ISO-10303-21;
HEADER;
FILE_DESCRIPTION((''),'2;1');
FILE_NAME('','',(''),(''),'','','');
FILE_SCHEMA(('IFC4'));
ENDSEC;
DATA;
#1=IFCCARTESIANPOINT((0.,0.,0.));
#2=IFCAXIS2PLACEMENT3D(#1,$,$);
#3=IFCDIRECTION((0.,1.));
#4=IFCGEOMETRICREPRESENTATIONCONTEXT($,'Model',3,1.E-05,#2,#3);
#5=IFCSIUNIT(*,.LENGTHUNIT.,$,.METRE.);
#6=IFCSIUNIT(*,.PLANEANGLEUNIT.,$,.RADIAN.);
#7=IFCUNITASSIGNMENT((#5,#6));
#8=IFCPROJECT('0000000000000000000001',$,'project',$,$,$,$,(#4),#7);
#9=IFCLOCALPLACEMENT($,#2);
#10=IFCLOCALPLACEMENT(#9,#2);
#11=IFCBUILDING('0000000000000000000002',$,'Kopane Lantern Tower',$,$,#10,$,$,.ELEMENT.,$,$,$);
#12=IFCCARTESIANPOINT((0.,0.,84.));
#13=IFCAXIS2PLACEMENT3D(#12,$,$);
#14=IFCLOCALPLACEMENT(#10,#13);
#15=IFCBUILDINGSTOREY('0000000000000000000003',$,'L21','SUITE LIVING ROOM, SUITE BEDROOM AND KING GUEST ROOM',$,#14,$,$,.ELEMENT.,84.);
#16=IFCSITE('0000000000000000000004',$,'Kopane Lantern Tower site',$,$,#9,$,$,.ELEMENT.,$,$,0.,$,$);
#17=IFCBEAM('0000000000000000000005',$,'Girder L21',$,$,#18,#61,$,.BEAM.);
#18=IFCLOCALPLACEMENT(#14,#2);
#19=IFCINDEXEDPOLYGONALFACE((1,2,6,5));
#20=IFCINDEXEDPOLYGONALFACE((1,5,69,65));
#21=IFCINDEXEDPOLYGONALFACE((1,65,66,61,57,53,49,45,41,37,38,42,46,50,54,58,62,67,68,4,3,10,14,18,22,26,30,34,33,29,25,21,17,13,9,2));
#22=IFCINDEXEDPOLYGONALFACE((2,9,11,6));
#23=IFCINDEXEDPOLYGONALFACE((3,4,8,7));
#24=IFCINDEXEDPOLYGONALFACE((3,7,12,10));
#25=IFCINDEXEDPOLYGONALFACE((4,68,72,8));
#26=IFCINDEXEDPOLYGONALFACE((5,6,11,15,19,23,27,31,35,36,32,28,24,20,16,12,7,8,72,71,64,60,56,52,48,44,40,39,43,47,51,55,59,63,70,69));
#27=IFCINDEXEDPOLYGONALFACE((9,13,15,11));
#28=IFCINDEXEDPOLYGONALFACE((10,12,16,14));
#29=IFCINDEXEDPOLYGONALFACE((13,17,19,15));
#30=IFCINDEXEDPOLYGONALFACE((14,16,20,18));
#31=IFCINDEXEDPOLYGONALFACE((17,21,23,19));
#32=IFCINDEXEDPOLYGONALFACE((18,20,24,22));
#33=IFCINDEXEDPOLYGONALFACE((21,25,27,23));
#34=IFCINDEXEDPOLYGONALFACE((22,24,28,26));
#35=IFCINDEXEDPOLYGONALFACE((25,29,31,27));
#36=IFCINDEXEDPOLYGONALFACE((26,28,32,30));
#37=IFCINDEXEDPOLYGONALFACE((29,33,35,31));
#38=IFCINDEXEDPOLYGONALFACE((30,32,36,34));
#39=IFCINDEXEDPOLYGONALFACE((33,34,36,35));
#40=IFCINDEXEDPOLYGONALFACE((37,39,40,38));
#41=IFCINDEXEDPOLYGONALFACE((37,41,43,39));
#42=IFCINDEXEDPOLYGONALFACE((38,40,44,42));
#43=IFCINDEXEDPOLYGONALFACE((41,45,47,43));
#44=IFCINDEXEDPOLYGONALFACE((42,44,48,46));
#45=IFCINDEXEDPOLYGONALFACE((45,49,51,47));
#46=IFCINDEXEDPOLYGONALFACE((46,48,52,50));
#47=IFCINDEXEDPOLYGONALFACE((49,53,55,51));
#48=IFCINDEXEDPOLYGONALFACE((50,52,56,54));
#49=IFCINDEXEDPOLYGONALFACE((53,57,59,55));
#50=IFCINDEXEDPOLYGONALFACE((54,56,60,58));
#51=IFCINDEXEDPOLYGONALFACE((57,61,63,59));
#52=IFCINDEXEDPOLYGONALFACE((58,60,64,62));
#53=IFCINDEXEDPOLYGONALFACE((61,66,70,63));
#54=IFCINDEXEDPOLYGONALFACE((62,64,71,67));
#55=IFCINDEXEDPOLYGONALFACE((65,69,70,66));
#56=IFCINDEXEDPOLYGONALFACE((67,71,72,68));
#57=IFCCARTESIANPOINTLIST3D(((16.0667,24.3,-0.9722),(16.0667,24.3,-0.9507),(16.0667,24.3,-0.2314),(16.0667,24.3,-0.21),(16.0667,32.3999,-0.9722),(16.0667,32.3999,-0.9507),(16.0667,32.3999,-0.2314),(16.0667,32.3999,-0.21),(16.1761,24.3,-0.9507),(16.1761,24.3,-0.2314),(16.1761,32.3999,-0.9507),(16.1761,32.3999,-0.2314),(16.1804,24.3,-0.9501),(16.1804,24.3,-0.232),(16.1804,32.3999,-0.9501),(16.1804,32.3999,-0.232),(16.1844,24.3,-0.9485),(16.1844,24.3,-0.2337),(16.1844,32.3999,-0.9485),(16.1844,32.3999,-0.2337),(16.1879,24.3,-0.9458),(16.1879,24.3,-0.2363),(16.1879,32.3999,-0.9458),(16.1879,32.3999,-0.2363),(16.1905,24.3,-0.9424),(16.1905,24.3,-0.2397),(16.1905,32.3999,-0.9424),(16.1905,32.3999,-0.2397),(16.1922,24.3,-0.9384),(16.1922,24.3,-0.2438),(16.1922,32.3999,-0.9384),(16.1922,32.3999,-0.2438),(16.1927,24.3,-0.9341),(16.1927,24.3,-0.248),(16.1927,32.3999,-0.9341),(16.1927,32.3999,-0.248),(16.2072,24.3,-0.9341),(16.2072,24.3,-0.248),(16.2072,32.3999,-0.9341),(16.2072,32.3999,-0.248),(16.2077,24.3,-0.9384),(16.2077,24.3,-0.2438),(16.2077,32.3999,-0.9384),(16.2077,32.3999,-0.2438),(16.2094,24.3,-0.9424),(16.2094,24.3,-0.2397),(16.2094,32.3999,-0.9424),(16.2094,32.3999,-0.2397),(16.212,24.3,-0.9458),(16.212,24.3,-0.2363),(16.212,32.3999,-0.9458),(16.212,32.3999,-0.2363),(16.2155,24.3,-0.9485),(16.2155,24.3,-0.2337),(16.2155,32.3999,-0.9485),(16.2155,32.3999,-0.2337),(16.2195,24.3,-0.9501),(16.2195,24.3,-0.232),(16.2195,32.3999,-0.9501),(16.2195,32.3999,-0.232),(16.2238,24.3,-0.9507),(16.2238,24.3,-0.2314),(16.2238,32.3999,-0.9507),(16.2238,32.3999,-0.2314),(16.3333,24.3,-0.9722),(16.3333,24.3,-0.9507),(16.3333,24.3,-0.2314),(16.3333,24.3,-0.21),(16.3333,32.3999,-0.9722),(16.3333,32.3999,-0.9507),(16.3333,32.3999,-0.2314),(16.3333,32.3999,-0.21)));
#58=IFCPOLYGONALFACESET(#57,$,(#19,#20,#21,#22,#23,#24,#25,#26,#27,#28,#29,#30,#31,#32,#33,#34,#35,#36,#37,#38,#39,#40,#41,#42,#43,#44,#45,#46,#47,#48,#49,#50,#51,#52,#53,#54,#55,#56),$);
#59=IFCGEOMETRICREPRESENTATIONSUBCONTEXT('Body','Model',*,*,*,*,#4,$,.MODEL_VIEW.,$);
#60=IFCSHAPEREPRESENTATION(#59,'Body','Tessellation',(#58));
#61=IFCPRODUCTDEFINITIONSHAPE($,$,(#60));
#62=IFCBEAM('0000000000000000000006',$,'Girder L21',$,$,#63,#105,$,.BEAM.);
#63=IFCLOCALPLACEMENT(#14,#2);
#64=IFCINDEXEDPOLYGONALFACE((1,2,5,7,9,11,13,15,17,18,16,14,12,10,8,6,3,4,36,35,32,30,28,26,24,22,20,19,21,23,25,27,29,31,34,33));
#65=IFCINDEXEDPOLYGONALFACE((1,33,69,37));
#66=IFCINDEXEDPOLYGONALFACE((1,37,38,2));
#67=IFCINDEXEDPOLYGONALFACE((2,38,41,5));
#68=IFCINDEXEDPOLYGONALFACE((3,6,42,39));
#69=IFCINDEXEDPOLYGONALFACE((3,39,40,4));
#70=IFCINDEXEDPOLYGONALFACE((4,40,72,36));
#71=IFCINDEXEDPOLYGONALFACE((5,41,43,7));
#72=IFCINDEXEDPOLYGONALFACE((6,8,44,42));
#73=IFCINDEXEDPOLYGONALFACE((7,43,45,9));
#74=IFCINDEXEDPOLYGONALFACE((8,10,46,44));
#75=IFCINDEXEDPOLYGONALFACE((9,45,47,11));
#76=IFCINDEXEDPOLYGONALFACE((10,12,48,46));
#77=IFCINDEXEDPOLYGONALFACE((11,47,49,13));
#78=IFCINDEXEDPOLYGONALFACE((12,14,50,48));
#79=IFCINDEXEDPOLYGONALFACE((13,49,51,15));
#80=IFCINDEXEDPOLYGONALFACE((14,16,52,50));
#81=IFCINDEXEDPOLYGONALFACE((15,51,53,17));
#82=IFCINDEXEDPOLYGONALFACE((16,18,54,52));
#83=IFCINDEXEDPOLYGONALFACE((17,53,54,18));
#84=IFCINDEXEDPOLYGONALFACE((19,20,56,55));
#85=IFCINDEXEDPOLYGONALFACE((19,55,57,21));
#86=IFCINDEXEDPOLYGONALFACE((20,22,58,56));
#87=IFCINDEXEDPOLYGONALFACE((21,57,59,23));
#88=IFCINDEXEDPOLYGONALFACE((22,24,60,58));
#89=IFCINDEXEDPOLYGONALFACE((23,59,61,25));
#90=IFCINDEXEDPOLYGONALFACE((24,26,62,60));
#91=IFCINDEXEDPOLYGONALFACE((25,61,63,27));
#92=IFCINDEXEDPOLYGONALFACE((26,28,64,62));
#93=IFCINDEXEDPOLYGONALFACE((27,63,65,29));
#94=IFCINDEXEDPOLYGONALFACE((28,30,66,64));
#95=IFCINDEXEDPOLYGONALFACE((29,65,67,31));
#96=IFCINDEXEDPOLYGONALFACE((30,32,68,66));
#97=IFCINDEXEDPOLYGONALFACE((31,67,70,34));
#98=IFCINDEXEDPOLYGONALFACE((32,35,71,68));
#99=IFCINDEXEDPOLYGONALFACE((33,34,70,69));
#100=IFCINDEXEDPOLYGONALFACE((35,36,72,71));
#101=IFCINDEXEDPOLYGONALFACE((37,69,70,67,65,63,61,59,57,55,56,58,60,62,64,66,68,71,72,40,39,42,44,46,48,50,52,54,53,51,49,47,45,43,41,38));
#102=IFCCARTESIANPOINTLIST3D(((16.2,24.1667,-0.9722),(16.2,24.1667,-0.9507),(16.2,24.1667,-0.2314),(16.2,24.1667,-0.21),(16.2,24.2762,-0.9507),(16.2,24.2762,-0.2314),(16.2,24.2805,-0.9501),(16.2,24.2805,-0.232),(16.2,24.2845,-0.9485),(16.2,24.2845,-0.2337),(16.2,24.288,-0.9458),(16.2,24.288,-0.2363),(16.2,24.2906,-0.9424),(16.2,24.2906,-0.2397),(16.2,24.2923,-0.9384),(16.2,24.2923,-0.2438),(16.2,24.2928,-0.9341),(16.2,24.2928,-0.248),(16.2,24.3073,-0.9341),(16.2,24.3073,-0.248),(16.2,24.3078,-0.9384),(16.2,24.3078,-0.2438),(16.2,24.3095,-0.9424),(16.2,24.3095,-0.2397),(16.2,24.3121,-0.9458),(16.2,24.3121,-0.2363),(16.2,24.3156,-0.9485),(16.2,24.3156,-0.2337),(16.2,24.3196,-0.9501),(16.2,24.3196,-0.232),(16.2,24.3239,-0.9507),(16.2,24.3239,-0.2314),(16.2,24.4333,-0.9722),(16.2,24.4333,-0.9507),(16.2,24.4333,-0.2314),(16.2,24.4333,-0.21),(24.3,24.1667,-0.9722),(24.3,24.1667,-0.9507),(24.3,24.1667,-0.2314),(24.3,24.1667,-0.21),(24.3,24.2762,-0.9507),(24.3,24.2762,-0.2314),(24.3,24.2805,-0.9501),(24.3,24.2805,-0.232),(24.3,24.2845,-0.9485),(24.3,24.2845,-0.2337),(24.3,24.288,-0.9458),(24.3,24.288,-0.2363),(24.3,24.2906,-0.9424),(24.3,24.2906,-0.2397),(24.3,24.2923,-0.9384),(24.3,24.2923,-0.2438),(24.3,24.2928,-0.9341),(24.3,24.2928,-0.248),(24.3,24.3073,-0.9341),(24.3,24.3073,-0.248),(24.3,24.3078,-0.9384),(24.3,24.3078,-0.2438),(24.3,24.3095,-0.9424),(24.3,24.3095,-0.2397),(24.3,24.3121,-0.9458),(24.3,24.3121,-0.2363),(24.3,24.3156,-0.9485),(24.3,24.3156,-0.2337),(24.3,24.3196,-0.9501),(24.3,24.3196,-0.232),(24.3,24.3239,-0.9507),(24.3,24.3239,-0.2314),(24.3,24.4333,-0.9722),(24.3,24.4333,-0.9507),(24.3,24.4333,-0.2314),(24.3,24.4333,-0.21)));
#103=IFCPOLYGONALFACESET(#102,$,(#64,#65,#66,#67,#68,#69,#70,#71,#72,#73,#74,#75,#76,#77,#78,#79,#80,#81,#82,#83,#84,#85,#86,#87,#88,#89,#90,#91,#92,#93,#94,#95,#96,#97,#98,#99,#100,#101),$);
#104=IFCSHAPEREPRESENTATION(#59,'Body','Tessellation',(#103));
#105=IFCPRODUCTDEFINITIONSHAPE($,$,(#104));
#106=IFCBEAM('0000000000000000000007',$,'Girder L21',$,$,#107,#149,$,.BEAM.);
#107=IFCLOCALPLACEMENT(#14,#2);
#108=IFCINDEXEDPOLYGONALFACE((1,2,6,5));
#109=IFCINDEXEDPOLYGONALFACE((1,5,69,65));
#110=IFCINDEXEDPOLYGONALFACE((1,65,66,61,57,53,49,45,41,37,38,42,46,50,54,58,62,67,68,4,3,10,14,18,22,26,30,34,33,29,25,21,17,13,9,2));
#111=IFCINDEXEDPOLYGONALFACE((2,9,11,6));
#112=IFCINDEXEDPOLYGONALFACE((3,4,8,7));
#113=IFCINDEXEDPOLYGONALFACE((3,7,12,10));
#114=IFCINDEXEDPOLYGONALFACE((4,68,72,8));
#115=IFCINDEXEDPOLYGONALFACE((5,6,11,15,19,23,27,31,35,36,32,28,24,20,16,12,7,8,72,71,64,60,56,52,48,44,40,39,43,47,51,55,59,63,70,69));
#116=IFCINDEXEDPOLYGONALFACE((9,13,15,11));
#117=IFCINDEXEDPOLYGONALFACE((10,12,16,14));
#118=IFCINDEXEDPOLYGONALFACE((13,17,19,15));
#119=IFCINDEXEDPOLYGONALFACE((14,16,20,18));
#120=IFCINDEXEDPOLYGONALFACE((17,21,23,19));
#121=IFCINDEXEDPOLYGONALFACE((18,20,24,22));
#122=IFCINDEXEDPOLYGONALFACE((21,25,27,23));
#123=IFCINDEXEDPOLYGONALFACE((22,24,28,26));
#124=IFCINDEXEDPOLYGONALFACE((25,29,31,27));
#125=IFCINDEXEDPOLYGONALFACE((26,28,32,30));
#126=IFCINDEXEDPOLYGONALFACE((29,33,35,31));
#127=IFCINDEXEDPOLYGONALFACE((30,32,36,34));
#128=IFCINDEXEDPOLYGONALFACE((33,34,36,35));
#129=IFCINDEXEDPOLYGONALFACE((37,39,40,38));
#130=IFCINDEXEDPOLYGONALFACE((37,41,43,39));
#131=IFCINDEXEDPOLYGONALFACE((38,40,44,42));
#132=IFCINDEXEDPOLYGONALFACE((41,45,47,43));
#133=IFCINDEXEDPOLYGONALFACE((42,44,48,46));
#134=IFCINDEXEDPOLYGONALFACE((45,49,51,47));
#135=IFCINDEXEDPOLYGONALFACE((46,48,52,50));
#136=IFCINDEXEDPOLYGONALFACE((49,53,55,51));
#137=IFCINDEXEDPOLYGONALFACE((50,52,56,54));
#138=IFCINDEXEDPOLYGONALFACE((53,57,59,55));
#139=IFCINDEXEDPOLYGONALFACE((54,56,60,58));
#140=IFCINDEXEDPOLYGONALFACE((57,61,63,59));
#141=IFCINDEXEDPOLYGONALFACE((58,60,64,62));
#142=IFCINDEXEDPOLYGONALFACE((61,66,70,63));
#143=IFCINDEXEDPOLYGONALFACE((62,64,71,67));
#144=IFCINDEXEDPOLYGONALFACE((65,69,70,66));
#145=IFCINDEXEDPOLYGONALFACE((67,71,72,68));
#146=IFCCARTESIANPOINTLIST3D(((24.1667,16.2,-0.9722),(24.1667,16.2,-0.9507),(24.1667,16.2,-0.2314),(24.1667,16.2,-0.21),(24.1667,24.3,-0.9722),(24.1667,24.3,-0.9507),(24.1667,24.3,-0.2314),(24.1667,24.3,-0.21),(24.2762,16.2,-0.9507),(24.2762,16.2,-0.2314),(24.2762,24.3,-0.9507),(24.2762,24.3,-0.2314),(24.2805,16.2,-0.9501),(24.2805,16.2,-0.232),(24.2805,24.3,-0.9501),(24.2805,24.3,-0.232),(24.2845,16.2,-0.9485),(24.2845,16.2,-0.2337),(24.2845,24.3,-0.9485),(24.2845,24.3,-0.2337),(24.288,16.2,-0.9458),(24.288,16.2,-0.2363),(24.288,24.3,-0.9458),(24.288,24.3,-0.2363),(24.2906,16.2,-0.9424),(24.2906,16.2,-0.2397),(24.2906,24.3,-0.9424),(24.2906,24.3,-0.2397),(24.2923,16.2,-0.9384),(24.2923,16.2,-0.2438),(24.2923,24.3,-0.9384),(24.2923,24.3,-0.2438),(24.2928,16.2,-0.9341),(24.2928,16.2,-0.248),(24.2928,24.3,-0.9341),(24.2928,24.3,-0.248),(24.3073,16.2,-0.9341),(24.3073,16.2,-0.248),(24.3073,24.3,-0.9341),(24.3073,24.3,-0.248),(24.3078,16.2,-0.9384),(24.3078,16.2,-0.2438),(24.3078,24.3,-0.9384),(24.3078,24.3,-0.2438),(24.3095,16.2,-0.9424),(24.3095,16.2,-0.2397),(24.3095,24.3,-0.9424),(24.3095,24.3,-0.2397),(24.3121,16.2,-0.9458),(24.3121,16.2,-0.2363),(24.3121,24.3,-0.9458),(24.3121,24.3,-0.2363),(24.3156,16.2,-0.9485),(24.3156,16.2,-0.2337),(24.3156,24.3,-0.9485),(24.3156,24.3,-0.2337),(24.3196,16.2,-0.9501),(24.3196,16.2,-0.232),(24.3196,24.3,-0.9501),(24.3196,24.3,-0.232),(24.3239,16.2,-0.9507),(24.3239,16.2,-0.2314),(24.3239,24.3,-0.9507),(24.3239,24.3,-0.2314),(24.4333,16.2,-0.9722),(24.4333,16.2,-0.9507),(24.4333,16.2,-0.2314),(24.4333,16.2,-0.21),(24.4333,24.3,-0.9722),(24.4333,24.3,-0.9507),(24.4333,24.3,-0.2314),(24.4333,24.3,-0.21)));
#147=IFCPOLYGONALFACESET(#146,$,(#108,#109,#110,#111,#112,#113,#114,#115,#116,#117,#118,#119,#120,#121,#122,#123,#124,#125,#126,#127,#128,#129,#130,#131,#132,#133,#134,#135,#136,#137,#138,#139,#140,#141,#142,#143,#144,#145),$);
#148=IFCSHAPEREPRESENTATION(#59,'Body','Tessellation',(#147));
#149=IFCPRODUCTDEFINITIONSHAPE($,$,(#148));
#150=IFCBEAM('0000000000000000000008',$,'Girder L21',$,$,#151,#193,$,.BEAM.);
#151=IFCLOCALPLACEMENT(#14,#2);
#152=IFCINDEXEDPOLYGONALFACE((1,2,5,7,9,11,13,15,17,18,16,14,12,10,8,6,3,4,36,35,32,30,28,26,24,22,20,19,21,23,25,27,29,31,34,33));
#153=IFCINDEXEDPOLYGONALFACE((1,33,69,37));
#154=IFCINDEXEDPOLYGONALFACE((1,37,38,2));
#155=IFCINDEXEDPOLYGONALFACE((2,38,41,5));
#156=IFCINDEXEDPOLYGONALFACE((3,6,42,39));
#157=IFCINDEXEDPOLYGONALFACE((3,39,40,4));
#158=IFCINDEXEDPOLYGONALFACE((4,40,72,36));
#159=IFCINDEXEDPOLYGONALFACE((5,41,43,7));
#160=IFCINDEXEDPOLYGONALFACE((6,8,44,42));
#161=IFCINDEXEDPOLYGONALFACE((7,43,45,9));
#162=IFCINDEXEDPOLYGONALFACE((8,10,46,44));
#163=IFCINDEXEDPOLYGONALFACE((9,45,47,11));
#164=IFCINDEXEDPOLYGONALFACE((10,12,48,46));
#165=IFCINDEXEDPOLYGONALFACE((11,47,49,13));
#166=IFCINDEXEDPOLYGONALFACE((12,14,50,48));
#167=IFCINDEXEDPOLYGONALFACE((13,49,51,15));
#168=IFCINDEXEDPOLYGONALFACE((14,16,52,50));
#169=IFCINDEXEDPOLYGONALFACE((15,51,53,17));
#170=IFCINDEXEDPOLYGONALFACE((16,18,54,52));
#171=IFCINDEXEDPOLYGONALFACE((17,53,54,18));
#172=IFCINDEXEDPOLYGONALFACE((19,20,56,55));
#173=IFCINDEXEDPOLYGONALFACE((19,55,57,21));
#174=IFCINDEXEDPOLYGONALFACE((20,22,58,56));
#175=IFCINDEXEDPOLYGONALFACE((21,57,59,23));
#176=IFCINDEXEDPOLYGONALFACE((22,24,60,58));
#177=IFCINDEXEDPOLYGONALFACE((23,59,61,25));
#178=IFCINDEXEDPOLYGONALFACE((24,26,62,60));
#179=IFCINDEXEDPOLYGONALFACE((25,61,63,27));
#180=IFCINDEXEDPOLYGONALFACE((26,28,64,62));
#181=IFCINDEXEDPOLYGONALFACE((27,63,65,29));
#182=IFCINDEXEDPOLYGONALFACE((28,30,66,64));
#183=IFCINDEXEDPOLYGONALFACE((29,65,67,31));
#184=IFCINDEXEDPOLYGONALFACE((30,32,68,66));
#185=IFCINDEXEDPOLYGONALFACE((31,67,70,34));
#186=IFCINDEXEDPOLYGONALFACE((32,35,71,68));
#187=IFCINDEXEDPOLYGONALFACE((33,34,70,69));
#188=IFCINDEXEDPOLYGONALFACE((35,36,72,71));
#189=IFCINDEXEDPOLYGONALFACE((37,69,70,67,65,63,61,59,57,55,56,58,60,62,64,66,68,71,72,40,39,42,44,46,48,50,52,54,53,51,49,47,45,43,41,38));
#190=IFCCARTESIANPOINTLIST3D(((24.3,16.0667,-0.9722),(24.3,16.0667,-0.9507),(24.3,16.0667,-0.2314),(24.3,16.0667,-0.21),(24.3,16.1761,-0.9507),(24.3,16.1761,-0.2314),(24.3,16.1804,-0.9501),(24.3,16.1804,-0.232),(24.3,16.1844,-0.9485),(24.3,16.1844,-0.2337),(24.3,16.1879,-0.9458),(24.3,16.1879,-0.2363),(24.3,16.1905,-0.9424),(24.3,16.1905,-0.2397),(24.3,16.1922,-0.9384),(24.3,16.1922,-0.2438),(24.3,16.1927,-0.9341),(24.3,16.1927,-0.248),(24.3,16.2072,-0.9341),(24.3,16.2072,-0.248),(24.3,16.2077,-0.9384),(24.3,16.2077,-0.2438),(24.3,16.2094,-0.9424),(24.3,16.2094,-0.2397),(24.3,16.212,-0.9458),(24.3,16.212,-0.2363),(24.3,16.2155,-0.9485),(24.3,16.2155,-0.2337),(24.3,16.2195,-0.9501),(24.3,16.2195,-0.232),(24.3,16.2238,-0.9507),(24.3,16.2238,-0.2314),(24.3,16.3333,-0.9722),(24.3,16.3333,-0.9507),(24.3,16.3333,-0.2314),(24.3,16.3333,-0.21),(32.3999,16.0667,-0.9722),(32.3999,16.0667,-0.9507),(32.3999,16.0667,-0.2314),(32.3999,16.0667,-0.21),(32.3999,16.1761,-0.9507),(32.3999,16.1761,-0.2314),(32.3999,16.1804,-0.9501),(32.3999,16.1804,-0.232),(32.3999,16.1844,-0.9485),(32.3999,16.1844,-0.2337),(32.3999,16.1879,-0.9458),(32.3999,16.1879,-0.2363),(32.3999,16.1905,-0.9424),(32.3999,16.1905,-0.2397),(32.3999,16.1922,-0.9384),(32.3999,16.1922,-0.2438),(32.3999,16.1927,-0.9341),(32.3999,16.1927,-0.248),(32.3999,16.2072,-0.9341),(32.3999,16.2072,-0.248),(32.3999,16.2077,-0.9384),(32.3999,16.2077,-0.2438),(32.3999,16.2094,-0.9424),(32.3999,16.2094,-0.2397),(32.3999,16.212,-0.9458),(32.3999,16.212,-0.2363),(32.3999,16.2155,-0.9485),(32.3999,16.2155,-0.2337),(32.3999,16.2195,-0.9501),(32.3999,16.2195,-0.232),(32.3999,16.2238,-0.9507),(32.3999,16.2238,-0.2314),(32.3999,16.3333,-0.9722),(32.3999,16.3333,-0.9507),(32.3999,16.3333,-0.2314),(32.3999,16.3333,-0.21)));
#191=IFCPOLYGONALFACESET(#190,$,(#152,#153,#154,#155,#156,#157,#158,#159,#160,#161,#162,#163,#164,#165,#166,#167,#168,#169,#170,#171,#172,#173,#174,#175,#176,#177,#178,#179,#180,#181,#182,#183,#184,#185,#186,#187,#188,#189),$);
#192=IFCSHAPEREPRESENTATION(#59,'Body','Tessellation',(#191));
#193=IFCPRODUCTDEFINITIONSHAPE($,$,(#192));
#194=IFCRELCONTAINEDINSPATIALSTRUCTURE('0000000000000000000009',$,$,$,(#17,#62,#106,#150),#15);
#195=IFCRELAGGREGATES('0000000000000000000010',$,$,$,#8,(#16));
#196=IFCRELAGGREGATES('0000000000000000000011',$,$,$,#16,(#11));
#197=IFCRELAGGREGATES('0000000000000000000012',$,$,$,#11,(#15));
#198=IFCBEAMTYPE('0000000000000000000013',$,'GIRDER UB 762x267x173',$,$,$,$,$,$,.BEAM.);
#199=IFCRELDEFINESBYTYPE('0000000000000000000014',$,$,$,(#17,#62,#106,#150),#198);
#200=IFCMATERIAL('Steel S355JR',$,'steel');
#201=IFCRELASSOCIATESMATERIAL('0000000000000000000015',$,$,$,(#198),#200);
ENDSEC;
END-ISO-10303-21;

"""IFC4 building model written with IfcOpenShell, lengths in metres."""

from ifc_helpers import new_model, si_unit, direction, frame, origin, origin_2d, place, context, subcontext, project, spatial, i_section, extrude, material, material_profile, profile_set, type_object, element, save


model = new_model("IFC4")

# Units and contexts
model_context = context("Model", 3, precision=1e-05, world=origin(), true_north=direction((0.0, 1.0)))
body_context = subcontext(model_context, "Body", "Model", "MODEL_VIEW")
ifc_project = project(units=[si_unit("LENGTHUNIT", "METRE"), si_unit("PLANEANGLEUNIT", "RADIAN")], contexts=[model_context])

# Site, building, storey
site_placement = place(None, origin())
site = spatial("IfcSite", under=ifc_project, at=site_placement, Name="Kopane Lantern Tower site", CompositionType="ELEMENT", RefElevation=0.0)
building_placement = place(site_placement, origin())
building = spatial("IfcBuilding", under=site, at=building_placement, Name="Kopane Lantern Tower", CompositionType="ELEMENT")
storey_placement = place(building_placement, frame((0.0, 0.0, 84.0)))
storey = spatial("IfcBuildingStorey", under=building, at=storey_placement, Name="L21", Description="SUITE LIVING ROOM, SUITE BEDROOM AND KING GUEST ROOM", CompositionType="ELEMENT", Elevation=84.0)

# Beams
ifc_material_1 = material(Name="Steel S355JR", Category="steel")
ifc_material_profile_1 = material_profile(ifc_material_1, i_section(OverallWidth=0.2666, OverallDepth=0.7622, WebThickness=0.0144, FlangeThickness=0.0215, FilletRadius=0.0166, at=origin_2d()), Name="UB 762x267x173")
ifc_profile_set_1 = profile_set([ifc_material_profile_1], Name="Steel S355JR")
beam_type_1 = type_object("IfcBeamType", Name="GIRDER UB 762x267x173", PredefinedType="BEAM", material=ifc_profile_set_1)
beam_1_placement = place(storey_placement, frame((16.2, 24.3, -0.5911), z_axis=(0.0, 1.0, 0.0), x_axis=(-1.0, 0.0, 0.0)))
element("IfcBeam", 1, at=beam_1_placement, inside=storey, type_object=beam_type_1, Name="Girder L21", PredefinedType="BEAM", context=body_context, shape_type="SweptSolid", body=[
    extrude(i_section(OverallWidth=0.2666, OverallDepth=0.7622, WebThickness=0.0144, FlangeThickness=0.0215, FilletRadius=0.0166, at=origin_2d()), origin(), (0.0, 0.0, 1.0), 8.0999),
])
for number, where, z_axis, x_axis, name in (
    (2, (16.2, 24.3, -0.5911), (1.0, 0.0, 0.0), (0.0, 1.0, 0.0), "Girder L21"),
    (3, (24.3, 16.2, -0.5911), (0.0, 1.0, 0.0), (-1.0, 0.0, 0.0), "Girder L21"),
):
    element("IfcBeam", number, at=place(storey_placement, frame(where, z_axis=z_axis, x_axis=x_axis)), inside=storey, type_object=beam_type_1, Name=name, PredefinedType="BEAM", context=body_context, shape_type="SweptSolid", body=[
        extrude(i_section(OverallWidth=0.2666, OverallDepth=0.7622, WebThickness=0.0144, FlangeThickness=0.0215, FilletRadius=0.0166, at=origin_2d()), origin(), (0.0, 0.0, 1.0), 8.1001),
    ])
beam_2_placement = place(storey_placement, frame((24.3, 16.2, -0.5911), z_axis=(1.0, 0.0, 0.0), x_axis=(0.0, 1.0, 0.0)))
element("IfcBeam", 4, at=beam_2_placement, inside=storey, type_object=beam_type_1, Name="Girder L21", PredefinedType="BEAM", context=body_context, shape_type="SweptSolid", body=[
    extrude(i_section(OverallWidth=0.2666, OverallDepth=0.7622, WebThickness=0.0144, FlangeThickness=0.0215, FilletRadius=0.0166, at=origin_2d()), origin(), (0.0, 0.0, 1.0), 8.0999),
])

save(model, "model.ifc")
